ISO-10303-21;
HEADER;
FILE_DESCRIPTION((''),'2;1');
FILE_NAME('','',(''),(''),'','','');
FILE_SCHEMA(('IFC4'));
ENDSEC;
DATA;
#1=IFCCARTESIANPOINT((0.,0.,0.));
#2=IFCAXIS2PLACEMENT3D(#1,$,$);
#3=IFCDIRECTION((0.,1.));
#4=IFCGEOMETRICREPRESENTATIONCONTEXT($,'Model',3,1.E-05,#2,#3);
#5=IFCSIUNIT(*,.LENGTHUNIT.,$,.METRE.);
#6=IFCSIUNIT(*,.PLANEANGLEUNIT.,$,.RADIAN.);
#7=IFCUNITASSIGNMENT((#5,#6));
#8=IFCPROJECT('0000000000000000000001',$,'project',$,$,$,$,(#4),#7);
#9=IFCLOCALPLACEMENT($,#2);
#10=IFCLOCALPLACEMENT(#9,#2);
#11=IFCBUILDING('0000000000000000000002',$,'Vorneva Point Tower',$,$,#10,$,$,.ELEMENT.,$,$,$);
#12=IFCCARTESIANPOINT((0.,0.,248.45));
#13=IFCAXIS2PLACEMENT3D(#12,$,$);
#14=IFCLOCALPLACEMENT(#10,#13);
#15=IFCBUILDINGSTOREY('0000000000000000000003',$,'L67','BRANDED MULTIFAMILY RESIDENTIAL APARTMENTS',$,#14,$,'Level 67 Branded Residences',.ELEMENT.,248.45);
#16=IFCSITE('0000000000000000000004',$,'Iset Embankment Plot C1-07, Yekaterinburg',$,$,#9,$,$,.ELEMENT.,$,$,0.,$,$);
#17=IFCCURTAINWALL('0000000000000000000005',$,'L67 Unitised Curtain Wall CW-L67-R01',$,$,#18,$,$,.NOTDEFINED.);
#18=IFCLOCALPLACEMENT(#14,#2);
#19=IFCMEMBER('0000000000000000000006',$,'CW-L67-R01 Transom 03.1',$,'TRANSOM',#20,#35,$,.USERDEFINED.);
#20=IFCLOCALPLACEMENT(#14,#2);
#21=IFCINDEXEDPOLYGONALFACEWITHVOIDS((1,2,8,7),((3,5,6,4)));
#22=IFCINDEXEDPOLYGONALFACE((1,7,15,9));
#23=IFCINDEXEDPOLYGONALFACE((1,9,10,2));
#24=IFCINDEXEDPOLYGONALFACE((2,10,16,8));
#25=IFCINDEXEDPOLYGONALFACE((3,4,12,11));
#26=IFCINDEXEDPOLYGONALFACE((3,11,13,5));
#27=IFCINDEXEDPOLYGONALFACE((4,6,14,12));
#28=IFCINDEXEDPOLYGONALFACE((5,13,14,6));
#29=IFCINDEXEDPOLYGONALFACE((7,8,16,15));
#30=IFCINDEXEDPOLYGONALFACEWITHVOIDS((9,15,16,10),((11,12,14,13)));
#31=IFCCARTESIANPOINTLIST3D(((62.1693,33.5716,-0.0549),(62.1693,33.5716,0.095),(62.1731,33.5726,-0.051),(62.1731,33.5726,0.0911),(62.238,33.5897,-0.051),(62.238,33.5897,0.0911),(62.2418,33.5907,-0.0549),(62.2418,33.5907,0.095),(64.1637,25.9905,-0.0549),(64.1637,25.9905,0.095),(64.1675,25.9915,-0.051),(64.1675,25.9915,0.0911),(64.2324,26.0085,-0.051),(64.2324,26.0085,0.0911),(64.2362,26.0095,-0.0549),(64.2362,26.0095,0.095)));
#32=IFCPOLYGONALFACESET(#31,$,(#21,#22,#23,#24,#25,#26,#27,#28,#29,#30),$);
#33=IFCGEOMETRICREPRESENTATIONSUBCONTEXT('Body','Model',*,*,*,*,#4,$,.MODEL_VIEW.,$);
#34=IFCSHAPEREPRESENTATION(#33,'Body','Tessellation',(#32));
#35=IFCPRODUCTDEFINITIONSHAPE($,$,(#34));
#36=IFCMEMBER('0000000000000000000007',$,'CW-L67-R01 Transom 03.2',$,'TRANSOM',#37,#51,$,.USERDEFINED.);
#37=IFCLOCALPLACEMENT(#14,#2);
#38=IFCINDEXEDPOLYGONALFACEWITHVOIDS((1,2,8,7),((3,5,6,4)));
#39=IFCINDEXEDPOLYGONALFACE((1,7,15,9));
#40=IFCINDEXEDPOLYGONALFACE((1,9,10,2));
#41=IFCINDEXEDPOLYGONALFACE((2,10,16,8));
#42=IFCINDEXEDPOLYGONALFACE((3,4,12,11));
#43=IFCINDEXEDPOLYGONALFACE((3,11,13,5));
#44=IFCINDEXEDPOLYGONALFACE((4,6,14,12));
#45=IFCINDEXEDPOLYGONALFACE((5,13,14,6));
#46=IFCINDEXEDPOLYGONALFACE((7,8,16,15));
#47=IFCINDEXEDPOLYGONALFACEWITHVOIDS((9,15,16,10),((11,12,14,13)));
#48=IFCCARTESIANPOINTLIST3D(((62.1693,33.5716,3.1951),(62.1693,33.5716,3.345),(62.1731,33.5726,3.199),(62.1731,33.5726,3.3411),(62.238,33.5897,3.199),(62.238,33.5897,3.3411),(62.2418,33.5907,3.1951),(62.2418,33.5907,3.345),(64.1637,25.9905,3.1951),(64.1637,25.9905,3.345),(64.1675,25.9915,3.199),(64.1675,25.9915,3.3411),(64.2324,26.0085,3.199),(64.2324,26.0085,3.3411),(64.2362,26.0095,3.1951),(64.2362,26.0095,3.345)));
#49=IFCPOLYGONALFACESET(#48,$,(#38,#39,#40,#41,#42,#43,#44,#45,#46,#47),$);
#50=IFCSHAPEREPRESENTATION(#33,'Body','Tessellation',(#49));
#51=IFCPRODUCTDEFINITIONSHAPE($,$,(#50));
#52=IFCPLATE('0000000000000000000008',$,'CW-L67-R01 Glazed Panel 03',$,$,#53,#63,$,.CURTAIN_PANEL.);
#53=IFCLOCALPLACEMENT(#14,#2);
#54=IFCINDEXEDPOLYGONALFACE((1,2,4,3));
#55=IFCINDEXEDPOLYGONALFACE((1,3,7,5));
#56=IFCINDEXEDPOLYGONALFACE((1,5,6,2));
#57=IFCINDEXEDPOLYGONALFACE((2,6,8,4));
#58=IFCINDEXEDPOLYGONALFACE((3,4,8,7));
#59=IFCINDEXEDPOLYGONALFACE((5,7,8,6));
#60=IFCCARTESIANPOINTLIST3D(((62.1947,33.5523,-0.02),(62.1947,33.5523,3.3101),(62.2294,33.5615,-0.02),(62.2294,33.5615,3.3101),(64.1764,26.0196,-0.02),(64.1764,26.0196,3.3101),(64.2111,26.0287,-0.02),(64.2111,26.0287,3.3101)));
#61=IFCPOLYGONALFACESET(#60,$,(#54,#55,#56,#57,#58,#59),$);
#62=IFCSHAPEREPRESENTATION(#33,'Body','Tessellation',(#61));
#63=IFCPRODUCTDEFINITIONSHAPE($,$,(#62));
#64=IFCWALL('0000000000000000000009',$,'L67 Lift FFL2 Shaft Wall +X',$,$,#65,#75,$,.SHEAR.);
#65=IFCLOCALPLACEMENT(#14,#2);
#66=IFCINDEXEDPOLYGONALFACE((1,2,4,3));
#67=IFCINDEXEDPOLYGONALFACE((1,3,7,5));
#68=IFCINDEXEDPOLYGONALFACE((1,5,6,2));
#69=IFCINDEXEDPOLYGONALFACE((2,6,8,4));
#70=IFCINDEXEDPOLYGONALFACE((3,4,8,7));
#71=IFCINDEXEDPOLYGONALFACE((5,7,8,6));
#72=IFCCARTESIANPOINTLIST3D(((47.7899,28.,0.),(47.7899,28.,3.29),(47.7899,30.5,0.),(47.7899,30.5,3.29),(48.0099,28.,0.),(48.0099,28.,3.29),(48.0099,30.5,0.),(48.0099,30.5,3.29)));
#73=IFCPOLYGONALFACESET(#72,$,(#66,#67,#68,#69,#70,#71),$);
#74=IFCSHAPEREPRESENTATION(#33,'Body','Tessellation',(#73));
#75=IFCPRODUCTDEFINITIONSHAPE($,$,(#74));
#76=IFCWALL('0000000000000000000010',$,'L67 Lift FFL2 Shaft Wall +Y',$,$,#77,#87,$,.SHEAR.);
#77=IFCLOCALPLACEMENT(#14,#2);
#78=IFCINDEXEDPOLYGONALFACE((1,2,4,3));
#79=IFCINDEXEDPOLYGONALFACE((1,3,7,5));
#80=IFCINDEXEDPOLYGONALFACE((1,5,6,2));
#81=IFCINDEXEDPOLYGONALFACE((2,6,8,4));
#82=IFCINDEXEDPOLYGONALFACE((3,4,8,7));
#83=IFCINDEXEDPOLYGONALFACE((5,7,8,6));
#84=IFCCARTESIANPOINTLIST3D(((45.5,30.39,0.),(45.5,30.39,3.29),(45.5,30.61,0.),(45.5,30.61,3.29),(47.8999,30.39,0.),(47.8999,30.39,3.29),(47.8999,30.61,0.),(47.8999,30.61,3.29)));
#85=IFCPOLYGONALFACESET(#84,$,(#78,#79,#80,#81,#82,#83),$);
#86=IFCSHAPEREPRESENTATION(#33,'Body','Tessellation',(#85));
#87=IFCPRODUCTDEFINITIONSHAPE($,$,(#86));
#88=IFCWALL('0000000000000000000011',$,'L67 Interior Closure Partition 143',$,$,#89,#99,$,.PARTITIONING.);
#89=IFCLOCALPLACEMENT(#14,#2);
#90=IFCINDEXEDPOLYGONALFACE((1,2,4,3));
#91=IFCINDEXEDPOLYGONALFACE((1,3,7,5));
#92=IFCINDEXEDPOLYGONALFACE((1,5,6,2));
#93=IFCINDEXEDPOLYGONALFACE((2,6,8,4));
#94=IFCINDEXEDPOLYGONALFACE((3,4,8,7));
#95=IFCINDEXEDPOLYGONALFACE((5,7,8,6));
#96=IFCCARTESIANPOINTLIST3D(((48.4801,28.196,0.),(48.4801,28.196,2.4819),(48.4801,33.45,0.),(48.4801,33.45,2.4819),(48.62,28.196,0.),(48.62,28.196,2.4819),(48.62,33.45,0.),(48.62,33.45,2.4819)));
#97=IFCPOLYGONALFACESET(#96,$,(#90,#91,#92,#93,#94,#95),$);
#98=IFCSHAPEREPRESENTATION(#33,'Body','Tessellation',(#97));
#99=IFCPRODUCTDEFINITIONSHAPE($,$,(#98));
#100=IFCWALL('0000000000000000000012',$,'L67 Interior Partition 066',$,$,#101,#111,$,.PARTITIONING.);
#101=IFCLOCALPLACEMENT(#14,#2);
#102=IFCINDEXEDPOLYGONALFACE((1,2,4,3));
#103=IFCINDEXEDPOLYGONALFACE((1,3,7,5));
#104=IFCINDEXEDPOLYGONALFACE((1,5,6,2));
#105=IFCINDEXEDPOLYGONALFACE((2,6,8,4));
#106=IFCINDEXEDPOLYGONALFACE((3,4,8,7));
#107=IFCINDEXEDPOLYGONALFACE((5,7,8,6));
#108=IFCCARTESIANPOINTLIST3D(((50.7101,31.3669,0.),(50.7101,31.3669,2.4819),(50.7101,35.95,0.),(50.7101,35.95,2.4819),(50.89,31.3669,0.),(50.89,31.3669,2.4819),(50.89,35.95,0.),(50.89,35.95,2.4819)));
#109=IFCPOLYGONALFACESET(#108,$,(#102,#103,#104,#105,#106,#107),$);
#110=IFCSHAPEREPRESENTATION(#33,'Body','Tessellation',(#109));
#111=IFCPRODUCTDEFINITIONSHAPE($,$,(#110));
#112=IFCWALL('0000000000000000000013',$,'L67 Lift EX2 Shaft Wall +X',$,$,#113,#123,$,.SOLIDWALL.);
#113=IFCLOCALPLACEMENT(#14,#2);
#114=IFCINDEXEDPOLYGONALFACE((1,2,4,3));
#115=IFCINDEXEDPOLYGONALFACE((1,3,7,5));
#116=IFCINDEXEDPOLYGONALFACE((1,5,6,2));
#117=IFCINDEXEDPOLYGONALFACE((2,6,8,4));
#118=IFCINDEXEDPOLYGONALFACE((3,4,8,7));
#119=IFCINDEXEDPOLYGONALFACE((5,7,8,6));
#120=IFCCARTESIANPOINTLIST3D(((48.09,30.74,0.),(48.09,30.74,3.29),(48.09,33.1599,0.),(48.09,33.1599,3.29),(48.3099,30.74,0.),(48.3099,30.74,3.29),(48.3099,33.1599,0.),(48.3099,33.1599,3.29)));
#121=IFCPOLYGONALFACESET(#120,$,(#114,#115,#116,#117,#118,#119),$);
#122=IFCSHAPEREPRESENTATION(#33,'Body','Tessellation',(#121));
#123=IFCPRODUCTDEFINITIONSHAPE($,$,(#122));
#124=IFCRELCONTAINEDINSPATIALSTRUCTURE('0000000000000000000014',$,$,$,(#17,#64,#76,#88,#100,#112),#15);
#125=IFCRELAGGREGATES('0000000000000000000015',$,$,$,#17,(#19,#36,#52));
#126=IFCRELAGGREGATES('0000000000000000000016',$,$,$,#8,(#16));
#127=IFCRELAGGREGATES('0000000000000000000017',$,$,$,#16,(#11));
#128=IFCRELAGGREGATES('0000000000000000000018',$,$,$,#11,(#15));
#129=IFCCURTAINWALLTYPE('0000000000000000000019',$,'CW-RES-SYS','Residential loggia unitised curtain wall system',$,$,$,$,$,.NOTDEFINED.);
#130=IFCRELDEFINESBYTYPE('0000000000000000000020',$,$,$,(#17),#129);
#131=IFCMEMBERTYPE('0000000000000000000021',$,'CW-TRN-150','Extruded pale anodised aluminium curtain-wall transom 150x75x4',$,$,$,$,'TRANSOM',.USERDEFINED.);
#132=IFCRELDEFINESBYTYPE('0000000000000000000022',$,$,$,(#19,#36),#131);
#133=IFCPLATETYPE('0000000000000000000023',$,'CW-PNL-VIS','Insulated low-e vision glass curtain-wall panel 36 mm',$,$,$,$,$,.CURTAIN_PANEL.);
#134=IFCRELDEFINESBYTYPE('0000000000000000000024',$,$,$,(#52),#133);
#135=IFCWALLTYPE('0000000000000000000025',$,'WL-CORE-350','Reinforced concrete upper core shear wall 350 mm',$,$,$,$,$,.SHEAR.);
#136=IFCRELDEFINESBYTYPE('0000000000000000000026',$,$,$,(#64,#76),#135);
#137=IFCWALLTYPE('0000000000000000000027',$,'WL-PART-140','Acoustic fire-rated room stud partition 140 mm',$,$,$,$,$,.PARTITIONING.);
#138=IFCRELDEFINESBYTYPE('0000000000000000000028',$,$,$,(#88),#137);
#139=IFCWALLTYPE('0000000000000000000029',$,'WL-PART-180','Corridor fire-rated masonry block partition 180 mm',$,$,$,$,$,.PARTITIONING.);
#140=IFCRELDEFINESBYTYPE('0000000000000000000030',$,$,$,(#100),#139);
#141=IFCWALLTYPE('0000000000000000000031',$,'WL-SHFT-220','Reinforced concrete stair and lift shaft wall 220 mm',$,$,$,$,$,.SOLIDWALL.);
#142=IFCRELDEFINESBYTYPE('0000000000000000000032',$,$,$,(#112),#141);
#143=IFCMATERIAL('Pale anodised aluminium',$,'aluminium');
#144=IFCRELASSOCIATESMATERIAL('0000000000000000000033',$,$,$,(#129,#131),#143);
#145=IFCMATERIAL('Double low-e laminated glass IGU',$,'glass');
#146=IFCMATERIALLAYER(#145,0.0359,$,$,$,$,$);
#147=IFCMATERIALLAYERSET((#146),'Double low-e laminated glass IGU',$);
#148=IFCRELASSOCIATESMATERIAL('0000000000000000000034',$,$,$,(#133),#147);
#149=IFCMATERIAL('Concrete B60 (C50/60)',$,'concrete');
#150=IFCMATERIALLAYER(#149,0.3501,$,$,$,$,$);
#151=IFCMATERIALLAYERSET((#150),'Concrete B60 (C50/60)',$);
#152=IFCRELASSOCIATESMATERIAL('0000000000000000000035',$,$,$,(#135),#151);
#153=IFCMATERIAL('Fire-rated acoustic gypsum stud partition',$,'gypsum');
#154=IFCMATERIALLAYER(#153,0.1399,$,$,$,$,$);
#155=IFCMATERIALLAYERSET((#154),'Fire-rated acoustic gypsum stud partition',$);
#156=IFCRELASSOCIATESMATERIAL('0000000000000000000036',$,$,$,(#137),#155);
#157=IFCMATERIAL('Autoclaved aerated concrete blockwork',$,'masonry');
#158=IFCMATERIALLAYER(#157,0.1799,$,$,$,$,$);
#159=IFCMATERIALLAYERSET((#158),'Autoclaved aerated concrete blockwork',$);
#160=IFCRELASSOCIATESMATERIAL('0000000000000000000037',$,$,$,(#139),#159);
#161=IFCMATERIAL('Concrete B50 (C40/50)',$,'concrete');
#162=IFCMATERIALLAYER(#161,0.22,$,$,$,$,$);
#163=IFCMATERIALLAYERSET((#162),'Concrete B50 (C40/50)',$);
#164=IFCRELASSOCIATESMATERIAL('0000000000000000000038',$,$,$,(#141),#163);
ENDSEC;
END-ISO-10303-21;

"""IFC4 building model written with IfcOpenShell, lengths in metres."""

from ifc_helpers import new_model, si_unit, direction, frame, frame_2d, origin, origin_2d, place, context, subcontext, project, spatial, rectangle, hollow_rectangle, extrude, material, layer, layer_set, material_profile, profile_set, type_object, element, aggregate, save


model = new_model("IFC4")

# Units and contexts
model_context = context("Model", 3, precision=1e-05, world=origin(), true_north=direction((0.0, 1.0)))
body_context = subcontext(model_context, "Body", "Model", "MODEL_VIEW")
ifc_project = project(units=[si_unit("LENGTHUNIT", "METRE"), si_unit("PLANEANGLEUNIT", "RADIAN")], contexts=[model_context])

# Site, building, storey
site_placement = place(None, origin())
site = spatial("IfcSite", under=ifc_project, at=site_placement, Name="Iset Embankment Plot C1-07, Yekaterinburg", CompositionType="ELEMENT", RefElevation=0.0)
building_placement = place(site_placement, origin())
building = spatial("IfcBuilding", under=site, at=building_placement, Name="Vorneva Point Tower", CompositionType="ELEMENT")
storey_placement = place(building_placement, frame((0.0, 0.0, 248.45)))
storey = spatial("IfcBuildingStorey", under=building, at=storey_placement, Name="L67", Description="BRANDED MULTIFAMILY RESIDENTIAL APARTMENTS", LongName="Level 67 Branded Residences", CompositionType="ELEMENT", Elevation=248.45)

# Shared definitions
ifc_material_1 = material(Name="Concrete B50 (C40/50)", Category="concrete")

# Curtain wall, members, plate
ifc_material_2 = material(Name="Pale anodised aluminium", Category="aluminium")
curtain_wall_type = type_object("IfcCurtainWallType", Name="CW-RES-SYS", Description="Residential loggia unitised curtain wall system", PredefinedType="NOTDEFINED", material=ifc_material_2)
curtain_wall_placement = place(storey_placement, origin())
curtain_wall = element("IfcCurtainWall", 1, at=curtain_wall_placement, inside=storey, type_object=curtain_wall_type, Name="L67 Unitised Curtain Wall CW-L67-R01", PredefinedType="NOTDEFINED")
ifc_material_profile_1 = material_profile(ifc_material_2, hollow_rectangle(XDim=0.075, YDim=0.1499, WallThickness=0.0039, at=origin_2d()), Name="AL-TRN 150x75x4")
ifc_profile_set_1 = profile_set([ifc_material_profile_1], Name="Pale anodised aluminium")
member_type_1 = type_object("IfcMemberType", Name="CW-TRN-150", Description="Extruded pale anodised aluminium curtain-wall transom 150x75x4", ElementType="TRANSOM", PredefinedType="USERDEFINED", material=ifc_profile_set_1)
member_1_placement = place(storey_placement, frame((64.2, 26.0, 0.02), z_axis=(-0.254418, 0.967094, 0.0), x_axis=(-0.967094, -0.254418, 0.0)))
member_1 = element("IfcMember", 2, at=member_1_placement, type_object=member_type_1, Name="CW-L67-R01 Transom 03.1", ObjectType="TRANSOM", PredefinedType="USERDEFINED", context=body_context, shape_type="SweptSolid", body=[
    extrude(hollow_rectangle(XDim=0.075, YDim=0.1499, WallThickness=0.0039, at=origin_2d()), origin(), (0.0, 0.0, 1.0), 7.8391),
])
member_2_placement = place(storey_placement, frame((64.2, 26.0, 3.27), z_axis=(-0.254418, 0.967094, 0.0), x_axis=(-0.967094, -0.254418, 0.0)))
member_2 = element("IfcMember", 3, at=member_2_placement, type_object=member_type_1, Name="CW-L67-R01 Transom 03.2", ObjectType="TRANSOM", PredefinedType="USERDEFINED", context=body_context, shape_type="SweptSolid", body=[
    extrude(hollow_rectangle(XDim=0.075, YDim=0.1499, WallThickness=0.0039, at=origin_2d()), origin(), (0.0, 0.0, 1.0), 7.8391),
])
ifc_material_3 = material(Name="Double low-e laminated glass IGU", Category="glass")
ifc_layer_1 = layer(ifc_material_3, 0.0359)
ifc_layer_set_1 = layer_set([ifc_layer_1], Name="Double low-e laminated glass IGU")
plate_type = type_object("IfcPlateType", Name="CW-PNL-VIS", Description="Insulated low-e vision glass curtain-wall panel 36 mm", PredefinedType="CURTAIN_PANEL", material=ifc_layer_set_1)
plate_placement = place(storey_placement, frame((63.2029, 29.7905, -0.02), z_axis=(0.0, 0.0, 1.0), x_axis=(-0.254416, 0.967095, 0.0)))
plate = element("IfcPlate", 4, at=plate_placement, type_object=plate_type, Name="CW-L67-R01 Glazed Panel 03", PredefinedType="CURTAIN_PANEL", context=body_context, shape_type="SweptSolid", body=[
    extrude(rectangle(XDim=7.7891, YDim=0.0359, at=origin_2d()), origin(), (0.0, 0.0, 1.0), 3.3301),
])
aggregate(curtain_wall, [member_1, member_2, plate])

# Walls
ifc_material_4 = material(Name="Concrete B60 (C50/60)", Category="concrete")
ifc_layer_2 = layer(ifc_material_4, 0.3501)
ifc_layer_set_2 = layer_set([ifc_layer_2], Name="Concrete B60 (C50/60)")
wall_type_1 = type_object("IfcWallType", Name="WL-CORE-350", Description="Reinforced concrete upper core shear wall 350 mm", PredefinedType="SHEAR", material=ifc_layer_set_2)
wall_1_placement = place(storey_placement, frame((47.8999, 28.0, 0.0), z_axis=(0.0, 0.0, 1.0), x_axis=(0.0, 1.0, 0.0)))
element("IfcWall", 5, at=wall_1_placement, inside=storey, type_object=wall_type_1, Name="L67 Lift FFL2 Shaft Wall +X", PredefinedType="SHEAR", context=body_context, shape_type="SweptSolid", body=[
    extrude(rectangle(XDim=2.5, YDim=0.22, at=frame_2d((1.25, 0.0))), origin(), (0.0, 0.0, 1.0), 3.29),
])
wall_2_placement = place(storey_placement, frame((47.8999, 30.5, 0.0), z_axis=(0.0, 0.0, 1.0), x_axis=(-1.0, 0.0, 0.0)))
element("IfcWall", 6, at=wall_2_placement, inside=storey, type_object=wall_type_1, Name="L67 Lift FFL2 Shaft Wall +Y", PredefinedType="SHEAR", context=body_context, shape_type="SweptSolid", body=[
    extrude(rectangle(XDim=2.3999, YDim=0.22, at=frame_2d((1.2, 0.0))), origin(), (0.0, 0.0, 1.0), 3.29),
])
ifc_material_5 = material(Name="Fire-rated acoustic gypsum stud partition", Category="gypsum")
ifc_layer_3 = layer(ifc_material_5, 0.1399)
ifc_layer_set_3 = layer_set([ifc_layer_3], Name="Fire-rated acoustic gypsum stud partition")
wall_type_2 = type_object("IfcWallType", Name="WL-PART-140", Description="Acoustic fire-rated room stud partition 140 mm", PredefinedType="PARTITIONING", material=ifc_layer_set_3)
wall_3_placement = place(storey_placement, frame((48.55, 28.196, 0.0), z_axis=(0.0, 0.0, 1.0), x_axis=(0.0, 1.0, 0.0)))
element("IfcWall", 7, at=wall_3_placement, inside=storey, type_object=wall_type_2, Name="L67 Interior Closure Partition 143", PredefinedType="PARTITIONING", context=body_context, shape_type="SweptSolid", body=[
    extrude(rectangle(XDim=5.2539, YDim=0.1399, at=frame_2d((2.627, 0.0))), origin(), (0.0, 0.0, 1.0), 2.4819),
])
ifc_material_6 = material(Name="Autoclaved aerated concrete blockwork", Category="masonry")
ifc_layer_4 = layer(ifc_material_6, 0.1799)
ifc_layer_set_4 = layer_set([ifc_layer_4], Name="Autoclaved aerated concrete blockwork")
wall_type_3 = type_object("IfcWallType", Name="WL-PART-180", Description="Corridor fire-rated masonry block partition 180 mm", PredefinedType="PARTITIONING", material=ifc_layer_set_4)
wall_4_placement = place(storey_placement, frame((50.8, 31.3669, 0.0), z_axis=(0.0, 0.0, 1.0), x_axis=(0.0, 1.0, 0.0)))
element("IfcWall", 8, at=wall_4_placement, inside=storey, type_object=wall_type_3, Name="L67 Interior Partition 066", PredefinedType="PARTITIONING", context=body_context, shape_type="SweptSolid", body=[
    extrude(rectangle(XDim=4.583, YDim=0.1799, at=frame_2d((2.2915, 0.0))), origin(), (0.0, 0.0, 1.0), 2.4819),
])
ifc_layer_5 = layer(ifc_material_1, 0.22)
ifc_layer_set_5 = layer_set([ifc_layer_5], Name="Concrete B50 (C40/50)")
wall_type_4 = type_object("IfcWallType", Name="WL-SHFT-220", Description="Reinforced concrete stair and lift shaft wall 220 mm", PredefinedType="SOLIDWALL", material=ifc_layer_set_5)
wall_5_placement = place(storey_placement, frame((48.2, 30.74, 0.0), z_axis=(0.0, 0.0, 1.0), x_axis=(0.0, 1.0, 0.0)))
element("IfcWall", 9, at=wall_5_placement, inside=storey, type_object=wall_type_4, Name="L67 Lift EX2 Shaft Wall +X", PredefinedType="SOLIDWALL", context=body_context, shape_type="SweptSolid", body=[
    extrude(rectangle(XDim=2.4199, YDim=0.22, at=frame_2d((1.21, 0.0))), origin(), (0.0, 0.0, 1.0), 3.29),
])

save(model, "model.ifc")
